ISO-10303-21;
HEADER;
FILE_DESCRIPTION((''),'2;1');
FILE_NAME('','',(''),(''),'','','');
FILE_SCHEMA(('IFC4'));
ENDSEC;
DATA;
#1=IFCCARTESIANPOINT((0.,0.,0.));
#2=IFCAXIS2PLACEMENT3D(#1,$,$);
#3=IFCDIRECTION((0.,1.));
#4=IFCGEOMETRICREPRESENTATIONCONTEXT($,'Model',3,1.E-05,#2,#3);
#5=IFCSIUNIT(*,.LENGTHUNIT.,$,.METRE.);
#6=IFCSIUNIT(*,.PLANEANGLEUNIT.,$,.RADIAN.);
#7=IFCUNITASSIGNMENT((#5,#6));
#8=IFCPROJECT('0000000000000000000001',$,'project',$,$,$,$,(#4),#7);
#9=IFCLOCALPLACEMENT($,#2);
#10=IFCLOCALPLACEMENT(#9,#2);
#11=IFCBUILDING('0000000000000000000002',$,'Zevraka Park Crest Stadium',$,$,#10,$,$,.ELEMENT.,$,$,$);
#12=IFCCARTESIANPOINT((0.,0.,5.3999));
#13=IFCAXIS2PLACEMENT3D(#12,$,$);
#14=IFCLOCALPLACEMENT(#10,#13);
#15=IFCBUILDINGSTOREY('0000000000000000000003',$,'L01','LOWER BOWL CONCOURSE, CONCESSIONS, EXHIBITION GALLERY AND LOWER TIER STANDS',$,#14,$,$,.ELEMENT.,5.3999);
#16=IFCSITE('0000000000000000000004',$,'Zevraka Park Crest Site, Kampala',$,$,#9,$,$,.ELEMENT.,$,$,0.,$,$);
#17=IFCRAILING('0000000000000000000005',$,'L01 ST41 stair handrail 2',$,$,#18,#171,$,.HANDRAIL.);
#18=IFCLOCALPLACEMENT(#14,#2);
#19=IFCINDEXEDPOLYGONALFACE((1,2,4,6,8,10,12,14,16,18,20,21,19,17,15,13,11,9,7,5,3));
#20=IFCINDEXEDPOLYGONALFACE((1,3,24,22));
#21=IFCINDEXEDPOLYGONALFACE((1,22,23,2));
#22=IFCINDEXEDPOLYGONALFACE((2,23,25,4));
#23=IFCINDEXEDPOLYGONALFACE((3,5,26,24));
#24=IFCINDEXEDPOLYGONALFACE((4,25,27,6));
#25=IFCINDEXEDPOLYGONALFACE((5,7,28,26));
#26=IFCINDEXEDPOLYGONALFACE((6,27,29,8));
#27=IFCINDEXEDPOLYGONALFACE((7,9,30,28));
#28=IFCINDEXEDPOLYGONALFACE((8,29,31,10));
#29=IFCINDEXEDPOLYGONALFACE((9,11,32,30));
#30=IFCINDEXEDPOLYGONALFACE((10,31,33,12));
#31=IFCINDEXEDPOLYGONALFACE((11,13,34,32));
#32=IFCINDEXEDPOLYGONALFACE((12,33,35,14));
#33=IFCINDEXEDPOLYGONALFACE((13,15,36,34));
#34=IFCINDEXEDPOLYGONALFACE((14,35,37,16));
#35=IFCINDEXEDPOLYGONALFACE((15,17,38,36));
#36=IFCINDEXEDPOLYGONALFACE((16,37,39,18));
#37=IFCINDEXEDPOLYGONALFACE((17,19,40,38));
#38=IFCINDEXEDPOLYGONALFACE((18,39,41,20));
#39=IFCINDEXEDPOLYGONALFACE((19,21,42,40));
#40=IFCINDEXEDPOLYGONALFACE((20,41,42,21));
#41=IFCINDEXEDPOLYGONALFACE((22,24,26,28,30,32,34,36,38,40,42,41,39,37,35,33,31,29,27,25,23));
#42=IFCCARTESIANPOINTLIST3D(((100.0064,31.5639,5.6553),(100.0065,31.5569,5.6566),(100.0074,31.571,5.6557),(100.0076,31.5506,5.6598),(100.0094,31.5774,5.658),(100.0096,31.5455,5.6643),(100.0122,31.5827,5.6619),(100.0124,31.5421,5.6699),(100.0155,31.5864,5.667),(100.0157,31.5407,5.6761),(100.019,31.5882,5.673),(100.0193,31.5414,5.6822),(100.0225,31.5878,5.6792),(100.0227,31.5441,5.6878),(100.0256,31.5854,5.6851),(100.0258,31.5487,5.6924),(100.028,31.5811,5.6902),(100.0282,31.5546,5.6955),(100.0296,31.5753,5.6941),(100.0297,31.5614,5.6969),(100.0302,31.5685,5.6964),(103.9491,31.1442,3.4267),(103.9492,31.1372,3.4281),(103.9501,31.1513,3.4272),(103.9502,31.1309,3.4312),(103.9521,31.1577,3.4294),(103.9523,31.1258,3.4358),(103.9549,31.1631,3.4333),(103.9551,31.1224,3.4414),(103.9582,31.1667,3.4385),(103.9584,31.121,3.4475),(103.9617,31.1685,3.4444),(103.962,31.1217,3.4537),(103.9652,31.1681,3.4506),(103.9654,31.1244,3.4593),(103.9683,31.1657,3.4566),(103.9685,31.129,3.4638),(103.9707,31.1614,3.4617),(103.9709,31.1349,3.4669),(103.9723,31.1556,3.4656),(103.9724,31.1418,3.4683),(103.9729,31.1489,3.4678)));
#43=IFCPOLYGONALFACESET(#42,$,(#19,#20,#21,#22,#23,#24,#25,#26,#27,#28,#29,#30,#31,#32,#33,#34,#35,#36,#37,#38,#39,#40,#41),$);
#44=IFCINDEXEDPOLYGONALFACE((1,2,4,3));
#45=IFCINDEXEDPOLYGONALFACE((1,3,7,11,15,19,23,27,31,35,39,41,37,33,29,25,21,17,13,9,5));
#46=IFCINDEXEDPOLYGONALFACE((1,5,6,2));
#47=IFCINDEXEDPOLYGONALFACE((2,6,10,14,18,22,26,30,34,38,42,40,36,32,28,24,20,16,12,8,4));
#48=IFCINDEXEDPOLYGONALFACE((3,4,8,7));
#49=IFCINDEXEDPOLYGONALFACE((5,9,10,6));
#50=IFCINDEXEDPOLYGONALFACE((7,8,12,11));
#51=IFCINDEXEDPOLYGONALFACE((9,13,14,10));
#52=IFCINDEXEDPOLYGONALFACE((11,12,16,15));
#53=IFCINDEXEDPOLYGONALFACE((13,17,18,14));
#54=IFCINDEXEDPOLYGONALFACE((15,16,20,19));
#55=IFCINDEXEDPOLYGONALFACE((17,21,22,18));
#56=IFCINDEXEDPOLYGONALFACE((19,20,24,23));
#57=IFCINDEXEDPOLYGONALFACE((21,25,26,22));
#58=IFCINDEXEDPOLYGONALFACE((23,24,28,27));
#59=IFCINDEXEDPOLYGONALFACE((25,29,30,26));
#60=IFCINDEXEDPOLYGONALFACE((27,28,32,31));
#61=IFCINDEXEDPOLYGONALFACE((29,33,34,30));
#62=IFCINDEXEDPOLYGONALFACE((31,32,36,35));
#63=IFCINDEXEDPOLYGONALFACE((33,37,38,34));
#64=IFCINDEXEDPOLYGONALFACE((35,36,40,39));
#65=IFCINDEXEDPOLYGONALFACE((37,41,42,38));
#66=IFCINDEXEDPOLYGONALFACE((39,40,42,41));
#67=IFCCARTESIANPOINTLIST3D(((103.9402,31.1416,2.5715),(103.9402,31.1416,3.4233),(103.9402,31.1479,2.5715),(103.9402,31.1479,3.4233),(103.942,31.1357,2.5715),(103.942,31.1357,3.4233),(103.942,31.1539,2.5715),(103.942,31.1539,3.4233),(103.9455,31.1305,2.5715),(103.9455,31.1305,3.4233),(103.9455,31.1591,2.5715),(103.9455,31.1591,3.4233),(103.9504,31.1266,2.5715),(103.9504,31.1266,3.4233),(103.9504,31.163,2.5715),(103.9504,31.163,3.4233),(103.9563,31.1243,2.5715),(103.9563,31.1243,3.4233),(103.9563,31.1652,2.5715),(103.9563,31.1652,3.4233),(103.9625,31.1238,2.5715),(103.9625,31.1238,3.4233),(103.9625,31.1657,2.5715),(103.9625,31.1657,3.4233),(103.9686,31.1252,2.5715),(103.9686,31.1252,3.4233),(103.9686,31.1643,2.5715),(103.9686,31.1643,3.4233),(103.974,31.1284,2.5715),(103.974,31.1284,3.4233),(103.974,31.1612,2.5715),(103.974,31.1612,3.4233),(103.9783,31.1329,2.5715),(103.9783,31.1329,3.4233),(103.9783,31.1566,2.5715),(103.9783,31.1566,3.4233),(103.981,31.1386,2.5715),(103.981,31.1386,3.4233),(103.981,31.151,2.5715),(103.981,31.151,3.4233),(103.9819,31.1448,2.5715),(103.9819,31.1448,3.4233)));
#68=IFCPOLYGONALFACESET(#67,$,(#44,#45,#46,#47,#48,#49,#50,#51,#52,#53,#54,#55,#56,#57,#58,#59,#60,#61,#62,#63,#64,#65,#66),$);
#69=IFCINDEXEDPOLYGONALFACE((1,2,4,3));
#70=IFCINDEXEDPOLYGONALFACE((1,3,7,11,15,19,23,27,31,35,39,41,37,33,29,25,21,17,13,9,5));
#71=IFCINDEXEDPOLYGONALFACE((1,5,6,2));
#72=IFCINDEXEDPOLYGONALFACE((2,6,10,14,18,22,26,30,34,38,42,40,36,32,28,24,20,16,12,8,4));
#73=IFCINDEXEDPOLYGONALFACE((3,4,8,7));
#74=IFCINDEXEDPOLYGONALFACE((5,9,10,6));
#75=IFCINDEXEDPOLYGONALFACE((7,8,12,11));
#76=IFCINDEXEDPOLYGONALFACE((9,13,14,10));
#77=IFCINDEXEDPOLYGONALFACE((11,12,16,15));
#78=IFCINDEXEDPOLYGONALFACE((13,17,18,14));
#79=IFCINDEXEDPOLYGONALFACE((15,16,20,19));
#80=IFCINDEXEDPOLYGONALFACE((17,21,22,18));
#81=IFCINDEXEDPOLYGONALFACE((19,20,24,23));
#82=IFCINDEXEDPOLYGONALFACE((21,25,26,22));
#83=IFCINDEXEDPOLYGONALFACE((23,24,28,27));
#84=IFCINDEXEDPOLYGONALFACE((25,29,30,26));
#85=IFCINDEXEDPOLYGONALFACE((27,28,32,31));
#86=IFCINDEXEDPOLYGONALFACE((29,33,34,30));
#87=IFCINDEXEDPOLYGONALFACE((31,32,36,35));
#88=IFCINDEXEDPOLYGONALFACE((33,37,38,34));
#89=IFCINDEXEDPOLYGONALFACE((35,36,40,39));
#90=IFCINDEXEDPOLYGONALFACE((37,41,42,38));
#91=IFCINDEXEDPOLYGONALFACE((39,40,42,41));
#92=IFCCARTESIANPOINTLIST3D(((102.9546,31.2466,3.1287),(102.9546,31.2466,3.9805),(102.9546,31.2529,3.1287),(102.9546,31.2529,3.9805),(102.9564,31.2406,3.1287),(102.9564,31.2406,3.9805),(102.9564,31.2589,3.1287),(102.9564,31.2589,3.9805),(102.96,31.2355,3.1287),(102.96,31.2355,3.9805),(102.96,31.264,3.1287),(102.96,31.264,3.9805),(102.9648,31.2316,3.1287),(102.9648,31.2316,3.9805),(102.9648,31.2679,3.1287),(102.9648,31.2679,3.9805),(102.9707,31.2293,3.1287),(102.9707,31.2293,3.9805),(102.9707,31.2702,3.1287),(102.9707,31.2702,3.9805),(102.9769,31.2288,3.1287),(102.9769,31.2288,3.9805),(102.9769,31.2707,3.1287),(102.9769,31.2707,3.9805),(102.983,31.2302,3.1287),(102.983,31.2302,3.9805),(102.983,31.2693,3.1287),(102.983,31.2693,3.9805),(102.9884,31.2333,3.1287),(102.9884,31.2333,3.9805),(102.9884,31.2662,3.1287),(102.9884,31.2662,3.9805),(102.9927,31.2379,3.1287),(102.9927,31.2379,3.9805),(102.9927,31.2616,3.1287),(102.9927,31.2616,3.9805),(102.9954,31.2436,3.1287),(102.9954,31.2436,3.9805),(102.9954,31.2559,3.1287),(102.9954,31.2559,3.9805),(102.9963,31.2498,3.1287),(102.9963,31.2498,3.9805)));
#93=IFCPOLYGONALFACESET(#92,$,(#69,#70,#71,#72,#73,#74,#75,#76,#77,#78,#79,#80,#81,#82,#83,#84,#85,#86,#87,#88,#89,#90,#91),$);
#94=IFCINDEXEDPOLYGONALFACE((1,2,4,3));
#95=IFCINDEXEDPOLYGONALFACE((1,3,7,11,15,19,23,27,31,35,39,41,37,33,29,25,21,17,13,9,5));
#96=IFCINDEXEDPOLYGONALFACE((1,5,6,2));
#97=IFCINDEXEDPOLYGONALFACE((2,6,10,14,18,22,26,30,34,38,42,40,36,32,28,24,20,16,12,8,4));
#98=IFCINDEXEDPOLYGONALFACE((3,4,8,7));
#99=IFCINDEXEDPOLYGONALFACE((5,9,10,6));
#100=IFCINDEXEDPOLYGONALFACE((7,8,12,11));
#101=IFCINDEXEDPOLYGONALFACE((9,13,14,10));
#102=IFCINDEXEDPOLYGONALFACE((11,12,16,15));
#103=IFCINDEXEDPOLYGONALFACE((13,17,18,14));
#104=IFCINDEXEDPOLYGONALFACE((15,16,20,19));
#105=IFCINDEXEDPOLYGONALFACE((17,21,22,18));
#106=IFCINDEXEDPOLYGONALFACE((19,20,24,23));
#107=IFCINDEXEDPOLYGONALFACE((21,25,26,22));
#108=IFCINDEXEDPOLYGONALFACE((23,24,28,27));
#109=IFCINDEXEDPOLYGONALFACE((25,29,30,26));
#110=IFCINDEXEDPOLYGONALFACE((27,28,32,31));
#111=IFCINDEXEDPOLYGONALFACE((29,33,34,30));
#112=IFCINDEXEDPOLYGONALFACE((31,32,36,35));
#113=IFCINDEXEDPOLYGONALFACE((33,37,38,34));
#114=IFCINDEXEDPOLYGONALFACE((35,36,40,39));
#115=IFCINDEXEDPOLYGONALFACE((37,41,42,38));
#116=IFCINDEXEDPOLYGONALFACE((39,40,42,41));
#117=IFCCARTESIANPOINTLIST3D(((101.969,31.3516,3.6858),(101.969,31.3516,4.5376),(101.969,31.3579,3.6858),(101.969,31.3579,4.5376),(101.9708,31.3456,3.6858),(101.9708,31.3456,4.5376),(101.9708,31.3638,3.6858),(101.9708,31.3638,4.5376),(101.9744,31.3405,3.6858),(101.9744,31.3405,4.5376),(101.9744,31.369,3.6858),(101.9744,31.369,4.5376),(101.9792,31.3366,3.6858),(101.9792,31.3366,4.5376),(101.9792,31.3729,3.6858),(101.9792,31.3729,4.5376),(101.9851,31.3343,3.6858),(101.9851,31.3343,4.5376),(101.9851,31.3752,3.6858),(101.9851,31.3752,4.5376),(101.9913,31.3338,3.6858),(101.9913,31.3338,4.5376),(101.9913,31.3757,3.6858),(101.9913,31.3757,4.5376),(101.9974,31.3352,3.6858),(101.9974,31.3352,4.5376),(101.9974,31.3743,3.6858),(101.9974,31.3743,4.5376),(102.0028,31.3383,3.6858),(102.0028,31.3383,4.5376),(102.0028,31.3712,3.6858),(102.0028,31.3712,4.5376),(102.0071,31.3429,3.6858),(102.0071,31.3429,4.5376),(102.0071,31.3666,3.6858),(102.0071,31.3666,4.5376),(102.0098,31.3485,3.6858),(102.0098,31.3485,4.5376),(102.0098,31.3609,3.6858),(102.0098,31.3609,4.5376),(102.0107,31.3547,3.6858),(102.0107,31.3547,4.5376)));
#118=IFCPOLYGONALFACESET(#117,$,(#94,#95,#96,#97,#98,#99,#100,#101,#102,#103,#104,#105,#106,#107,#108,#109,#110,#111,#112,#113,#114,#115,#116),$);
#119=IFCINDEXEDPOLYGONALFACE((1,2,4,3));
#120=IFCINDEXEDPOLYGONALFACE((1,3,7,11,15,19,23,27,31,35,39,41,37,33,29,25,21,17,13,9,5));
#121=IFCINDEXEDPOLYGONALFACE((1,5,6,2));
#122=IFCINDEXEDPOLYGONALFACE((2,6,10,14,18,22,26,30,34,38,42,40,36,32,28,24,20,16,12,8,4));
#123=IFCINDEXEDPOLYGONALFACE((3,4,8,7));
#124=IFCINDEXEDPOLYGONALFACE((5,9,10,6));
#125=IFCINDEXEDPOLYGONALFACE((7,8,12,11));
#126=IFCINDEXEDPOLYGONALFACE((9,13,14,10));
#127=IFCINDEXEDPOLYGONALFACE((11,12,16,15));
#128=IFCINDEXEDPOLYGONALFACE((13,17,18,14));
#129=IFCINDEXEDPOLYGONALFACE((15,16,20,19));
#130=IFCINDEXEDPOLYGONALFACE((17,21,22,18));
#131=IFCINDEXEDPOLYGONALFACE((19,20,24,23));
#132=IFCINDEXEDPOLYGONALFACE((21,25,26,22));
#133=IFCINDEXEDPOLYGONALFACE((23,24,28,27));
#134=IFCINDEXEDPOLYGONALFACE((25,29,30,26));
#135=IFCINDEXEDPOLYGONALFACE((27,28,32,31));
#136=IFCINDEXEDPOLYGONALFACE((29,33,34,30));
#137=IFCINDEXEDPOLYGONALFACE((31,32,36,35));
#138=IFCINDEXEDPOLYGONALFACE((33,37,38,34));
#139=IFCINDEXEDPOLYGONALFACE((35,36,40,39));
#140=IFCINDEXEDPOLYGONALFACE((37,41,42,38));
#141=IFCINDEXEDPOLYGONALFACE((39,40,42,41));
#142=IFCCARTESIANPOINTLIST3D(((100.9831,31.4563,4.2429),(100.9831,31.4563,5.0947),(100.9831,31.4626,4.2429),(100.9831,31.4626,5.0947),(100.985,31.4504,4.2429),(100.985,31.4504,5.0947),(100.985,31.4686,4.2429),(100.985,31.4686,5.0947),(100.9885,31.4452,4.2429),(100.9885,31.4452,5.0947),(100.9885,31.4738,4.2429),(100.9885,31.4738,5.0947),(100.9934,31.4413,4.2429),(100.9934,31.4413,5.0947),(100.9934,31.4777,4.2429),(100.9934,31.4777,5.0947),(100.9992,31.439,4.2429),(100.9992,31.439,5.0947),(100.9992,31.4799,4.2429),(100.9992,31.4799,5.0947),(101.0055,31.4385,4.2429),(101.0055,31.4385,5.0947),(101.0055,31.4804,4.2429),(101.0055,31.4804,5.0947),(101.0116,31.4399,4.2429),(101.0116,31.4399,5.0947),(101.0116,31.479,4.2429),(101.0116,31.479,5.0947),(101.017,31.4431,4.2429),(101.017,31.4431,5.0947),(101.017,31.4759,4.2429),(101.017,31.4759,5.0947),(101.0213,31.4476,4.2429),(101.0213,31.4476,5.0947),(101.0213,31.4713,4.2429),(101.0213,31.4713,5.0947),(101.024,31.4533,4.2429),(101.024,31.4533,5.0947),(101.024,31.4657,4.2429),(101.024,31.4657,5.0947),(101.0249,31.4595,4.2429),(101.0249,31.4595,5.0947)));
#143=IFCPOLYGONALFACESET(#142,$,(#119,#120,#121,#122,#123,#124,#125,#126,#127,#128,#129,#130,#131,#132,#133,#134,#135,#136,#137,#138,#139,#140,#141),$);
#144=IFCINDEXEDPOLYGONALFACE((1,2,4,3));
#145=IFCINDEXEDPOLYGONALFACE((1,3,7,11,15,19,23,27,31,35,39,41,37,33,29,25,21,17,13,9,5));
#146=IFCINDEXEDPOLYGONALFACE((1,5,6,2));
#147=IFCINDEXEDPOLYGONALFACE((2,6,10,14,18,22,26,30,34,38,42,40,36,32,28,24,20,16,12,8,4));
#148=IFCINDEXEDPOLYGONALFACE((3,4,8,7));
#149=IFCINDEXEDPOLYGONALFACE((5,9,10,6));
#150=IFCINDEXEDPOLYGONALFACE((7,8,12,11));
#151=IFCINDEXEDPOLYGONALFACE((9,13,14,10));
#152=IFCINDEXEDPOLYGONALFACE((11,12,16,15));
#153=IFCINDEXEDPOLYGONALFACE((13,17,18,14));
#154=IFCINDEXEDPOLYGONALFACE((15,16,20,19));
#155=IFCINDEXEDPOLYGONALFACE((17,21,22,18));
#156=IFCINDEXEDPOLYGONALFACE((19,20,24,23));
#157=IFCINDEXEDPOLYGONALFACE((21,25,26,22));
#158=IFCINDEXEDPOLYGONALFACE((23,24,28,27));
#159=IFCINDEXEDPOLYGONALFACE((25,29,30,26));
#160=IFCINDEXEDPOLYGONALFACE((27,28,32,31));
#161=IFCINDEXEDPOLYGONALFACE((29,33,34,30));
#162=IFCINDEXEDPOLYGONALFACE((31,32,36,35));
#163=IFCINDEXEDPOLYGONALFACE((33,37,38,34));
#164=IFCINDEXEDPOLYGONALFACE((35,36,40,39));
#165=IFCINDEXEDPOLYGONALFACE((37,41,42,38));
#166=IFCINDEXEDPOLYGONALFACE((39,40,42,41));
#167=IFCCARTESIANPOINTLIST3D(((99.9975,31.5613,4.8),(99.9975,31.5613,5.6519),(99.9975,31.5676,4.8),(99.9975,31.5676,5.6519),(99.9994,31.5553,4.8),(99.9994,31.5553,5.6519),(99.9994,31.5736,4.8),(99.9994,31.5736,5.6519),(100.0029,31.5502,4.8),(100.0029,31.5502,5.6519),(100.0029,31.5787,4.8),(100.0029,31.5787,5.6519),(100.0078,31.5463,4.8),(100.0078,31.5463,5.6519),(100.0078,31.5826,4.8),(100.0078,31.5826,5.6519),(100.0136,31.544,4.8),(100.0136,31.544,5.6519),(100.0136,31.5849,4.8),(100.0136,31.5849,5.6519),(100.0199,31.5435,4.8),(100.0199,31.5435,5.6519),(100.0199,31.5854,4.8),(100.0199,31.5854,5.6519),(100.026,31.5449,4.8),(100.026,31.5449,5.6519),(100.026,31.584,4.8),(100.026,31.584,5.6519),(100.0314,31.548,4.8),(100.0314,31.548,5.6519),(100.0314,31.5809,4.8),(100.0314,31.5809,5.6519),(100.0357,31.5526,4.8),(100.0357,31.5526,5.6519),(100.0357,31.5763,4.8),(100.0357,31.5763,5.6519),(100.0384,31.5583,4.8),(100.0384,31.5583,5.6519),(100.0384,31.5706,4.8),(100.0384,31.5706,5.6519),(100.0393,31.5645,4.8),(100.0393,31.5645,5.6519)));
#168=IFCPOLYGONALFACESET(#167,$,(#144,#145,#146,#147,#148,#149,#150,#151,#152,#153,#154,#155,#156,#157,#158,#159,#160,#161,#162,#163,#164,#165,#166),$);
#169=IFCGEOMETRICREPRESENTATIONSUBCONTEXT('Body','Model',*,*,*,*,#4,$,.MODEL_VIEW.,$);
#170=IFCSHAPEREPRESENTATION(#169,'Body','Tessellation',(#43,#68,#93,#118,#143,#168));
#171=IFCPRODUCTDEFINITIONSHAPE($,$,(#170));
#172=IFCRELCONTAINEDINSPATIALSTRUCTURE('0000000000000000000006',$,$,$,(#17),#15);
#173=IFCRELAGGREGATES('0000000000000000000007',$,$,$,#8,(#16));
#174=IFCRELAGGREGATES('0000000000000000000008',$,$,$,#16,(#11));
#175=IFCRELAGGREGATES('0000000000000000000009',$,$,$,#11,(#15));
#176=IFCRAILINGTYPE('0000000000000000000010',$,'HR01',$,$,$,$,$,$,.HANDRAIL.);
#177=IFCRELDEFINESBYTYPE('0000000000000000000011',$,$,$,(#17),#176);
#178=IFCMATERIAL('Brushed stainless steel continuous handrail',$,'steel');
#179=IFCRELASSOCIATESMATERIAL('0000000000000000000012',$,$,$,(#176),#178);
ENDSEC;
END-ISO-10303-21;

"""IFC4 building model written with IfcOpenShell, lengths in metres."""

from ifc_helpers import new_model, si_unit, direction, frame, origin, origin_2d, place, context, subcontext, project, spatial, circle, extrude, material, type_object, element, save


model = new_model("IFC4")

# Units and contexts
model_context = context("Model", 3, precision=1e-05, world=origin(), true_north=direction((0.0, 1.0)))
body_context = subcontext(model_context, "Body", "Model", "MODEL_VIEW")
ifc_project = project(units=[si_unit("LENGTHUNIT", "METRE"), si_unit("PLANEANGLEUNIT", "RADIAN")], contexts=[model_context])

# Site, building, storey
site_placement = place(None, origin())
site = spatial("IfcSite", under=ifc_project, at=site_placement, Name="Zevraka Park Crest Site, Kampala", CompositionType="ELEMENT", RefElevation=0.0)
building_placement = place(site_placement, origin())
building = spatial("IfcBuilding", under=site, at=building_placement, Name="Zevraka Park Crest Stadium", CompositionType="ELEMENT")
storey_placement = place(building_placement, frame((0.0, 0.0, 5.3999)))
storey = spatial("IfcBuildingStorey", under=building, at=storey_placement, Name="L01", Description="LOWER BOWL CONCOURSE, CONCESSIONS, EXHIBITION GALLERY AND LOWER TIER STANDS", CompositionType="ELEMENT", Elevation=5.3999)

# Railing
ifc_material_1 = material(Name="Brushed stainless steel continuous handrail", Category="steel")
railing_type_1 = type_object("IfcRailingType", Name="HR01", PredefinedType="HANDRAIL", material=ifc_material_1)
railing_1_placement = place(storey_placement, frame((103.9609, 31.1448, 2.5715)))
element("IfcRailing", 1, at=railing_1_placement, inside=storey, type_object=railing_type_1, Name="L01 ST41 stair handrail 2", PredefinedType="HANDRAIL", context=body_context, shape_type="SweptSolid", body=[
    extrude(circle(Radius=0.0239, at=origin_2d()), frame((0.0, 0.0, 0.876), z_axis=(-0.866842, 0.092272, 0.48997), x_axis=(-0.105848, -0.994382, 0.0)), (0.0, 0.0, 1.0), 4.5483),
    extrude(circle(Radius=0.021, at=origin_2d()), origin(), (0.0, 0.0, 1.0), 0.8518),
    extrude(circle(Radius=0.021, at=origin_2d()), frame((-0.9856, 0.105, 0.5571)), (0.0, 0.0, 1.0), 0.8518),
    extrude(circle(Radius=0.021, at=origin_2d()), frame((-1.9712, 0.21, 1.1143)), (0.0, 0.0, 1.0), 0.8518),
    extrude(circle(Radius=0.021, at=origin_2d()), frame((-2.957, 0.3147, 1.6714)), (0.0, 0.0, 1.0), 0.8518),
    extrude(circle(Radius=0.021, at=origin_2d()), frame((-3.9426, 0.4197, 2.2285)), (0.0, 0.0, 1.0), 0.8518),
])

save(model, "model.ifc")
